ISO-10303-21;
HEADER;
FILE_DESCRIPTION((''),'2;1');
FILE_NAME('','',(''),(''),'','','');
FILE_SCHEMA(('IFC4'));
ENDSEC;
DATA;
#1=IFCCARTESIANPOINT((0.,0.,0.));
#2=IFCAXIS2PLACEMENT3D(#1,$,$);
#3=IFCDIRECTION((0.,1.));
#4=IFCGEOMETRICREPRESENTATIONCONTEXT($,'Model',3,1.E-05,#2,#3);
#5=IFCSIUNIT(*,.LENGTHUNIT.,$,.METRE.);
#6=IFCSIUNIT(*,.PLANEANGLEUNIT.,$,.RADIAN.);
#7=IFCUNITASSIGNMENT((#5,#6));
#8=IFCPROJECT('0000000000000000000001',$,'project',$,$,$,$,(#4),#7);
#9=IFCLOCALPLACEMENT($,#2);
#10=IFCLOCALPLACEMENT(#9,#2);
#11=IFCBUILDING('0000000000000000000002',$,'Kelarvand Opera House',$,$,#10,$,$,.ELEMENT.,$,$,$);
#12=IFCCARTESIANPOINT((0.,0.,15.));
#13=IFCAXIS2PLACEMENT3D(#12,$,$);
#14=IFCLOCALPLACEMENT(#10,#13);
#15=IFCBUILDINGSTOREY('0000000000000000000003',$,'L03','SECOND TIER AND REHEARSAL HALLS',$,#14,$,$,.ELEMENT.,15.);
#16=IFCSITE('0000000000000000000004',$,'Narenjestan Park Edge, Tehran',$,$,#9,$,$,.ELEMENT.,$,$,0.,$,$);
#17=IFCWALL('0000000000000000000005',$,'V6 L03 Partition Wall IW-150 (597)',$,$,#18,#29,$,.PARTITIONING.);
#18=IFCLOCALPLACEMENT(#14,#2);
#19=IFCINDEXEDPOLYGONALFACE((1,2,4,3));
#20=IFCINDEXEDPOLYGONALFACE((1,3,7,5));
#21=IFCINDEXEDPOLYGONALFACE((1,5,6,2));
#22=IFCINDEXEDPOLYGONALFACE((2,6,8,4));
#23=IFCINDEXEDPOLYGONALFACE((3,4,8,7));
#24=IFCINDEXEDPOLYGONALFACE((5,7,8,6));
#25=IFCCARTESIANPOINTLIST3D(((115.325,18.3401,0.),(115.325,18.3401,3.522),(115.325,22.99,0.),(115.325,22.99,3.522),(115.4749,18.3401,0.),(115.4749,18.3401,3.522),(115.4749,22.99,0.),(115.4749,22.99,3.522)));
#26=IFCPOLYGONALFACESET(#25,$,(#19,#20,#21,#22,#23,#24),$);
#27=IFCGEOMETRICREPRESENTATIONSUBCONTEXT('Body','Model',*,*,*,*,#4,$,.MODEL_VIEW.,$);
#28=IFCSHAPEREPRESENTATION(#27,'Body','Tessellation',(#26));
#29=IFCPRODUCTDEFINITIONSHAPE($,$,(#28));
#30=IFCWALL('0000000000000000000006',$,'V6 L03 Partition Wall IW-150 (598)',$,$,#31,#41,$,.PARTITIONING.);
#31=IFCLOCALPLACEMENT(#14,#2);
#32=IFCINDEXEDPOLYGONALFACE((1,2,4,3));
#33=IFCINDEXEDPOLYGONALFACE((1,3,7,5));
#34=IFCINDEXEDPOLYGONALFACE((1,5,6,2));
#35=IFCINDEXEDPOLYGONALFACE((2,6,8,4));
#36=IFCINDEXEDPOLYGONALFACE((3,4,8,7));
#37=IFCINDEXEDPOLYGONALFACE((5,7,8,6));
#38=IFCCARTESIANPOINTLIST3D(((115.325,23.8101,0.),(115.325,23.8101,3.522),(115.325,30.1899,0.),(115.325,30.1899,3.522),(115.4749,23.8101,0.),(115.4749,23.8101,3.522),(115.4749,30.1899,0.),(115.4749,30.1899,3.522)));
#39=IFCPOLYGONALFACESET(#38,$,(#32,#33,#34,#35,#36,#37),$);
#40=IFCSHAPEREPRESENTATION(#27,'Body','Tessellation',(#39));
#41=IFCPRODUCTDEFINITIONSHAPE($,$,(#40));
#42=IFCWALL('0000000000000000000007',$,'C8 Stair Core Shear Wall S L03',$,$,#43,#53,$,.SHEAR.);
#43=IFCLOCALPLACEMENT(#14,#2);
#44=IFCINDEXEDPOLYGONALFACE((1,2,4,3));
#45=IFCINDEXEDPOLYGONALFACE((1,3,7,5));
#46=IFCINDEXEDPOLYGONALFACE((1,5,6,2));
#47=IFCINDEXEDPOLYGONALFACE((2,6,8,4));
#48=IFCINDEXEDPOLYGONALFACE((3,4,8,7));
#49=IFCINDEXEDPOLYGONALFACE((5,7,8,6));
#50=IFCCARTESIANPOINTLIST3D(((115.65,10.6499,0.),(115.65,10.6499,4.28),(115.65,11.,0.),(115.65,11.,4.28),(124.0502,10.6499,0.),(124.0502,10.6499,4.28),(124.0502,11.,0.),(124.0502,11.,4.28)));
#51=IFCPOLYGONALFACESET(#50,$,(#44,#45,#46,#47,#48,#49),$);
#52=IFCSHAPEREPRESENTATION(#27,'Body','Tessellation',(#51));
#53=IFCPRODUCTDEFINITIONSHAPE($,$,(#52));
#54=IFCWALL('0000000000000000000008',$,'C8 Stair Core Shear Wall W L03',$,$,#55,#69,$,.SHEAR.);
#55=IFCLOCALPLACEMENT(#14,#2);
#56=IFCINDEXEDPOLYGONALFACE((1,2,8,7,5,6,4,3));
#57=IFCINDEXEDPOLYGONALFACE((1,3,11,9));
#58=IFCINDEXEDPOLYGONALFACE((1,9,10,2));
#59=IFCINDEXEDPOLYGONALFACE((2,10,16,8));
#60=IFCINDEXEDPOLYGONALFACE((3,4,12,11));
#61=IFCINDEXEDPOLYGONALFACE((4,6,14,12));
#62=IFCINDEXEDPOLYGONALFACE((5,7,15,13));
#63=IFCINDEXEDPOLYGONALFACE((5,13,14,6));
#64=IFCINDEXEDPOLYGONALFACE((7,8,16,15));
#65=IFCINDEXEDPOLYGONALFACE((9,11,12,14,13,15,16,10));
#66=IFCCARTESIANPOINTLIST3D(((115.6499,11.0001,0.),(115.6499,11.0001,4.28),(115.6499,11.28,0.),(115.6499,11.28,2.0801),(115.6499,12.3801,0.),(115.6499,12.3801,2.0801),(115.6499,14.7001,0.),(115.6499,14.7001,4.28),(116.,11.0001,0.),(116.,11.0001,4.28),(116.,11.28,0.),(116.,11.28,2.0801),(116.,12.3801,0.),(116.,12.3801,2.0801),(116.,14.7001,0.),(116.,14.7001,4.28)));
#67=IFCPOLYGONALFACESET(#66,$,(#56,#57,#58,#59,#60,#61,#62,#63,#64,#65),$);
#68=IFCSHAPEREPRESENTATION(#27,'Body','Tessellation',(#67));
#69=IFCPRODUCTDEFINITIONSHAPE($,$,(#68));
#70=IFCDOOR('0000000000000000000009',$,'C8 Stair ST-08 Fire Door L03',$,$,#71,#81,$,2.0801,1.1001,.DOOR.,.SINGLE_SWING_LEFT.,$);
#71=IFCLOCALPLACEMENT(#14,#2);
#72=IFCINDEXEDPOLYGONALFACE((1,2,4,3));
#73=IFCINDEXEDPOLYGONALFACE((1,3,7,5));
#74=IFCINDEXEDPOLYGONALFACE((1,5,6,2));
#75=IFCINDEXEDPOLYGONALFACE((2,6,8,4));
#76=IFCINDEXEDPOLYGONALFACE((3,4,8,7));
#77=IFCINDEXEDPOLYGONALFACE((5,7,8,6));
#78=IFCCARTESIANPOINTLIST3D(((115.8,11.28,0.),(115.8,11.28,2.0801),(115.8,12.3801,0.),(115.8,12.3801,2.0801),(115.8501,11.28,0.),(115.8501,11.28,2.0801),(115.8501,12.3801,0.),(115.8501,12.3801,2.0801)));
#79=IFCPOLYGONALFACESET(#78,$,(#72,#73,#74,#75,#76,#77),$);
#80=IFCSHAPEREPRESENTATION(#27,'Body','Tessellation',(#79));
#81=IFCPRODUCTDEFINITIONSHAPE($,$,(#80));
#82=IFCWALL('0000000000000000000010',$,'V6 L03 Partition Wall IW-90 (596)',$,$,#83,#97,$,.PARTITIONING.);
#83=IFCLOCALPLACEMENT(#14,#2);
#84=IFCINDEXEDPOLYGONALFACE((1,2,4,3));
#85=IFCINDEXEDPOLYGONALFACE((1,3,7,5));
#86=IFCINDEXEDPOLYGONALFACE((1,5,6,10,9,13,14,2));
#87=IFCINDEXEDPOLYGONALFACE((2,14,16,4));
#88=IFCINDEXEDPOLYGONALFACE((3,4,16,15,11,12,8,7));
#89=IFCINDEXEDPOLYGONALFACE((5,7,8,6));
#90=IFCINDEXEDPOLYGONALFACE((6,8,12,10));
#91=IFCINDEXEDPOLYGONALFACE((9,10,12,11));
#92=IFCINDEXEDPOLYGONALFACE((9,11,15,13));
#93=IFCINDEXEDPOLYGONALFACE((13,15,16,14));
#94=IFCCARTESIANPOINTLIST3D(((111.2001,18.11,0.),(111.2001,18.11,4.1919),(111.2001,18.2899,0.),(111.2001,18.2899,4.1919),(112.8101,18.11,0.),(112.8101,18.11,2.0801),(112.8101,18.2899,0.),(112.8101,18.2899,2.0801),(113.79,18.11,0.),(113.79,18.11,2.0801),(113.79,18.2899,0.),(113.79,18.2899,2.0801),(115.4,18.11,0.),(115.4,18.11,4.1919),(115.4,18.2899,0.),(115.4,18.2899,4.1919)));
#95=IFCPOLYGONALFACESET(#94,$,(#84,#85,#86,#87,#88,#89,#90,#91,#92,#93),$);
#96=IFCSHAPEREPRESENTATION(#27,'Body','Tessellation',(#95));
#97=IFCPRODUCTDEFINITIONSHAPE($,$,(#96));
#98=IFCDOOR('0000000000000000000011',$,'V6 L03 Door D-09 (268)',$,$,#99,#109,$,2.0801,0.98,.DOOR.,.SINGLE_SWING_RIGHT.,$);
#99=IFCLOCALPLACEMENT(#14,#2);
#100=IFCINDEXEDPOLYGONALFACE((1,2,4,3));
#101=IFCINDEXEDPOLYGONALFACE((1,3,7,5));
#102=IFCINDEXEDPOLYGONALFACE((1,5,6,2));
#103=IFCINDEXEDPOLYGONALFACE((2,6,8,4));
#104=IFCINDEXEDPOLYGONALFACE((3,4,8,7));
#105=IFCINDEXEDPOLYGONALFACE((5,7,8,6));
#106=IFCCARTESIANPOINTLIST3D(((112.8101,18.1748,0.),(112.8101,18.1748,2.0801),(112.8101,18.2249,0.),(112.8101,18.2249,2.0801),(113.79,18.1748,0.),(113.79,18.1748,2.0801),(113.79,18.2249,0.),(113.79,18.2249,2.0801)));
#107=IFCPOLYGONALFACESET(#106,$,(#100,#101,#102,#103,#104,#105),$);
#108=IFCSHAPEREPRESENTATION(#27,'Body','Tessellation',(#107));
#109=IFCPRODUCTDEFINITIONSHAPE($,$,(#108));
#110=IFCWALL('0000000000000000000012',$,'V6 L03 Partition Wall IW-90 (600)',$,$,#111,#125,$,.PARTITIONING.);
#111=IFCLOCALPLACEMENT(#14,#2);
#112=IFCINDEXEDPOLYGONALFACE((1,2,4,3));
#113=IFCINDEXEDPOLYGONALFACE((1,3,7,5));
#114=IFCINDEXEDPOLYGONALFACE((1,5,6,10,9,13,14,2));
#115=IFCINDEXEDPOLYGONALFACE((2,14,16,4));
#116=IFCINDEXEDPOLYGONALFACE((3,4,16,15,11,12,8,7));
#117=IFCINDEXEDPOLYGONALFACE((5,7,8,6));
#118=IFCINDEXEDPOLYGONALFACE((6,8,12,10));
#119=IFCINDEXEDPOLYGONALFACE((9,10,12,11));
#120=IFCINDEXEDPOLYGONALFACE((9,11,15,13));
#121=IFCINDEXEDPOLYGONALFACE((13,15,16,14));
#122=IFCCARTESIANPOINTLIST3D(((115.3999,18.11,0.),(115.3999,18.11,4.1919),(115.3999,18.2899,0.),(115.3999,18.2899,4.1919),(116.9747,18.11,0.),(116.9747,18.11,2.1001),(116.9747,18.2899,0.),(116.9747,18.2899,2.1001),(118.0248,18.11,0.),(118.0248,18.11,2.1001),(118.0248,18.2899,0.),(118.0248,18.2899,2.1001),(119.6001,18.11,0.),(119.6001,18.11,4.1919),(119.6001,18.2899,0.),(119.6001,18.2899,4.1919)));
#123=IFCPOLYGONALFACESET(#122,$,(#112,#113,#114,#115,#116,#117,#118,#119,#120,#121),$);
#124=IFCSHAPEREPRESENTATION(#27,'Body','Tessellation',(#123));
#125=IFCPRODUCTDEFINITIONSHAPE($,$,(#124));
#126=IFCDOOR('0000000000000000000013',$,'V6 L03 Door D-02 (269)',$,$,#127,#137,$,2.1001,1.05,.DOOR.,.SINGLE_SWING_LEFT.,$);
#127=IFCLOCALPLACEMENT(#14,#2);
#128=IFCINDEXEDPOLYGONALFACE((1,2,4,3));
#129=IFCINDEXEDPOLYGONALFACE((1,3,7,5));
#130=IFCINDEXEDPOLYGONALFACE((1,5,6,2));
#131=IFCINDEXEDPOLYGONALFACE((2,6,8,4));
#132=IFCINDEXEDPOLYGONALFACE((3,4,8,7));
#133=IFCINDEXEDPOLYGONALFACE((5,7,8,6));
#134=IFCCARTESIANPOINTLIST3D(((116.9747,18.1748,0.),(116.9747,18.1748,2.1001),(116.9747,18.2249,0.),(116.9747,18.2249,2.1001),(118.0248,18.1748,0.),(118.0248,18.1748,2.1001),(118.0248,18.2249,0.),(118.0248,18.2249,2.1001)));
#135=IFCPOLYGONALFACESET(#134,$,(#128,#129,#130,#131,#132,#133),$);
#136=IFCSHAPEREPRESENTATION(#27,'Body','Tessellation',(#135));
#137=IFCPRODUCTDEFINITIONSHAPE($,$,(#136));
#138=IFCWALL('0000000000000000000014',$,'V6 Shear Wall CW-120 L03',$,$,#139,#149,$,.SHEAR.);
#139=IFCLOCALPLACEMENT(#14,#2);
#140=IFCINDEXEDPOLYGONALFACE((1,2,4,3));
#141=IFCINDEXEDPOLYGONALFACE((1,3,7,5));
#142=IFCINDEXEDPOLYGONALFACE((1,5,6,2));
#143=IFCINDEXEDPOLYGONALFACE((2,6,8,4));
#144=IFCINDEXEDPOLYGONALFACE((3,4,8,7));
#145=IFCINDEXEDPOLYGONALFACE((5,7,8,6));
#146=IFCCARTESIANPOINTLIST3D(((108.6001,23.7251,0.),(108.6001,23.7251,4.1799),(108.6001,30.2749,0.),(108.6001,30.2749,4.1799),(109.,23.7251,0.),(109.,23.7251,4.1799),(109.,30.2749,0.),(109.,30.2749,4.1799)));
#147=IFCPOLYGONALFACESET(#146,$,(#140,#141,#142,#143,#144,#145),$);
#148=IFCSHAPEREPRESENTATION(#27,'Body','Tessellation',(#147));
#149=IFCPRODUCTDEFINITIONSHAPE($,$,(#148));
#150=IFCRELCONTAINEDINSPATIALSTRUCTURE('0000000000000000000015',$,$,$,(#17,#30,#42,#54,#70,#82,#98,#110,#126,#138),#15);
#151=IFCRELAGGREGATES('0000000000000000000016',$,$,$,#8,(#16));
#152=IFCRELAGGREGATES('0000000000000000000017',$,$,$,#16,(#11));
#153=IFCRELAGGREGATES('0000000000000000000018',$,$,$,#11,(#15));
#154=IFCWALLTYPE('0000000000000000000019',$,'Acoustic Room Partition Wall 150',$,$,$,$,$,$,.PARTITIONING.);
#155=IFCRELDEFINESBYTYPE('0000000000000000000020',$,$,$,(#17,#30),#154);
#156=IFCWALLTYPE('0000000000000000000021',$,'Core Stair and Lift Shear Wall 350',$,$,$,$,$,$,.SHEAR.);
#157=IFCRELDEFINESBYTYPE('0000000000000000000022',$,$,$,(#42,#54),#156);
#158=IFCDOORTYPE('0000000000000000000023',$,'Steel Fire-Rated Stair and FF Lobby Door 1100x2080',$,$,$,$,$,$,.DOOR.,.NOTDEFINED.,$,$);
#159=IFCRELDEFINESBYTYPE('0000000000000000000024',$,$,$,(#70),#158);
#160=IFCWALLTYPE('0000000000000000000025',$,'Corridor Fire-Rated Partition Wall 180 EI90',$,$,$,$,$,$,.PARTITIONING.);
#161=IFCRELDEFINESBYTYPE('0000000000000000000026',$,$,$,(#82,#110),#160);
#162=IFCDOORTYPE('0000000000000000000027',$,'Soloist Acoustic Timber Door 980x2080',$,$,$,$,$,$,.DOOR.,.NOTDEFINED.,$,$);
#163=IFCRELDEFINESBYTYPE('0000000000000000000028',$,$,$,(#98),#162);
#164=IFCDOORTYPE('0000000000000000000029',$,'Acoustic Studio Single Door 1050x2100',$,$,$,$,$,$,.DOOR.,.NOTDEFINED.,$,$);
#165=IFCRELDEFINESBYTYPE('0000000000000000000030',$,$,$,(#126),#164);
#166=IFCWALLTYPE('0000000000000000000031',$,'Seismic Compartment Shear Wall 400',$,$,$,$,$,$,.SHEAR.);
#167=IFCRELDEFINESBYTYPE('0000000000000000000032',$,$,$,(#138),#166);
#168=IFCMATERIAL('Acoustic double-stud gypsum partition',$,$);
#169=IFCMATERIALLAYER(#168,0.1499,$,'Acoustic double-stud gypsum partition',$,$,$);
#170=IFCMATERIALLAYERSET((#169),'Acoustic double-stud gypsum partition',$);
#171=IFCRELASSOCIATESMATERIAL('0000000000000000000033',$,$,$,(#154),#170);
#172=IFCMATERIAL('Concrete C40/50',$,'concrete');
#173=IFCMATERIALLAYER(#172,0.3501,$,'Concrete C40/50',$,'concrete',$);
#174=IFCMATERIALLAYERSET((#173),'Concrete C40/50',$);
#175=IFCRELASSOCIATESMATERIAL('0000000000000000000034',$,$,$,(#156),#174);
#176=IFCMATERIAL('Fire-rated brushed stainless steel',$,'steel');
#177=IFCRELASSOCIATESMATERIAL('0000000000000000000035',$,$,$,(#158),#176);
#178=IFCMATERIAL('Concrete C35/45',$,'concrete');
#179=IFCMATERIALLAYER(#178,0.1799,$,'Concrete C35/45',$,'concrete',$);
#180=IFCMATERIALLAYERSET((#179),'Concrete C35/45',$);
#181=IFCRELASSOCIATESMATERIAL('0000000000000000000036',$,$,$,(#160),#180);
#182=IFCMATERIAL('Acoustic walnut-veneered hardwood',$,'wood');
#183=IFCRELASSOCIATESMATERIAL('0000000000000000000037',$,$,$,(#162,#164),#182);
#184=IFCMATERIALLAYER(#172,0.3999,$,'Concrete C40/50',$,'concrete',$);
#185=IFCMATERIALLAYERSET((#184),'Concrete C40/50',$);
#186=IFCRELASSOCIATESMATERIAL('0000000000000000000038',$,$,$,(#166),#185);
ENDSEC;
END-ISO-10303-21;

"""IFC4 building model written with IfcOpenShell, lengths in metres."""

from ifc_helpers import new_model, si_unit, direction, frame, frame_2d, origin, place, context, subcontext, project, spatial, rectangle, extrude, material, layer, layer_set, type_object, element, fill, save


model = new_model("IFC4")

# Units and contexts
model_context = context("Model", 3, precision=1e-05, world=origin(), true_north=direction((0.0, 1.0)))
body_context = subcontext(model_context, "Body", "Model", "MODEL_VIEW")
ifc_project = project(units=[si_unit("LENGTHUNIT", "METRE"), si_unit("PLANEANGLEUNIT", "RADIAN")], contexts=[model_context])

# Site, building, storey
site_placement = place(None, origin())
site = spatial("IfcSite", under=ifc_project, at=site_placement, Name="Narenjestan Park Edge, Tehran", CompositionType="ELEMENT", RefElevation=0.0)
building_placement = place(site_placement, origin())
building = spatial("IfcBuilding", under=site, at=building_placement, Name="Kelarvand Opera House", CompositionType="ELEMENT")
storey_placement = place(building_placement, frame((0.0, 0.0, 15.0)))
storey = spatial("IfcBuildingStorey", under=building, at=storey_placement, Name="L03", Description="SECOND TIER AND REHEARSAL HALLS", CompositionType="ELEMENT", Elevation=15.0)

# Shared definitions
ifc_material_1 = material(Name="Concrete C40/50", Category="concrete")

# Walls
ifc_material_2 = material(Name="Acoustic double-stud gypsum partition")
ifc_layer_1 = layer(ifc_material_2, 0.1499, Name="Acoustic double-stud gypsum partition")
ifc_layer_set_1 = layer_set([ifc_layer_1], Name="Acoustic double-stud gypsum partition")
wall_type_1 = type_object("IfcWallType", Name="Acoustic Room Partition Wall 150", PredefinedType="PARTITIONING", material=ifc_layer_set_1)
wall_1_placement = place(storey_placement, frame((115.3999, 18.3401, 0.0), z_axis=(0.0, 0.0, 1.0), x_axis=(0.0, 1.0, 0.0)))
element("IfcWall", 1, at=wall_1_placement, inside=storey, type_object=wall_type_1, Name="V6 L03 Partition Wall IW-150 (597)", PredefinedType="PARTITIONING", context=body_context, shape_type="SweptSolid", body=[
    extrude(rectangle(XDim=4.6499, YDim=0.1499, at=frame_2d((2.325, 0.0))), origin(), (0.0, 0.0, 1.0), 3.522),
])
wall_2_placement = place(storey_placement, frame((115.3999, 23.8101, 0.0), z_axis=(0.0, 0.0, 1.0), x_axis=(0.0, 1.0, 0.0)))
element("IfcWall", 2, at=wall_2_placement, inside=storey, type_object=wall_type_1, Name="V6 L03 Partition Wall IW-150 (598)", PredefinedType="PARTITIONING", context=body_context, shape_type="SweptSolid", body=[
    extrude(rectangle(XDim=6.3799, YDim=0.1499, at=frame_2d((3.1899, 0.0))), origin(), (0.0, 0.0, 1.0), 3.522),
])
ifc_layer_2 = layer(ifc_material_1, 0.3501, Name="Concrete C40/50", Category="concrete")
ifc_layer_set_2 = layer_set([ifc_layer_2], Name="Concrete C40/50")
wall_type_2 = type_object("IfcWallType", Name="Core Stair and Lift Shear Wall 350", PredefinedType="SHEAR", material=ifc_layer_set_2)
wall_3_placement = place(storey_placement, frame((115.6499, 10.825, 0.0), z_axis=(0.0, 0.0, 1.0), x_axis=(1.0, 0.0, 0.0)))
element("IfcWall", 3, at=wall_3_placement, inside=storey, type_object=wall_type_2, Name="C8 Stair Core Shear Wall S L03", PredefinedType="SHEAR", context=body_context, shape_type="SweptSolid", body=[
    extrude(rectangle(XDim=8.4001, YDim=0.3501, at=frame_2d((4.2002, 0.0))), origin(), (0.0, 0.0, 1.0), 4.28),
])

# Walls, openings, doors
wall_4_placement = place(storey_placement, frame((115.825, 11.0, 0.0), z_axis=(0.0, 0.0, 1.0), x_axis=(0.0, 1.0, 0.0)))
wall_4 = element("IfcWall", 4, at=wall_4_placement, inside=storey, type_object=wall_type_2, Name="C8 Stair Core Shear Wall W L03", PredefinedType="SHEAR", context=body_context, shape_type="SweptSolid", body=[
    extrude(rectangle(XDim=3.7, YDim=0.3501, at=frame_2d((1.8501, 0.0))), origin(), (0.0, 0.0, 1.0), 4.28),
])
opening_1_placement = place(wall_4_placement, frame((0.28, 0.0, 0.0)))
opening_1 = element("IfcOpeningElement", 5, at=opening_1_placement, cuts=wall_4, PredefinedType="OPENING", context=body_context, shape_type="SweptSolid", body=[
    extrude(rectangle(XDim=1.1001, YDim=2.0801, at=frame_2d((0.55, 1.04))), frame((0.0, 0.1851, 0.0), z_axis=(0.0, -1.0, 0.0), x_axis=(1.0, 0.0, 0.0)), (0.0, 0.0, 1.0), 0.3701),
])
ifc_material_3 = material(Name="Fire-rated brushed stainless steel", Category="steel")
door_type_1 = type_object("IfcDoorType", Name="Steel Fire-Rated Stair and FF Lobby Door 1100x2080", OperationType="NOTDEFINED", PredefinedType="DOOR", material=ifc_material_3)
door_1_placement = place(opening_1_placement, origin())
door_1 = element("IfcDoor", 6, at=door_1_placement, inside=storey, type_object=door_type_1, Name="C8 Stair ST-08 Fire Door L03", OperationType="SINGLE_SWING_LEFT", OverallHeight=2.0801, OverallWidth=1.1001, PredefinedType="DOOR", context=body_context, shape_type="SweptSolid", body=[
    extrude(rectangle(XDim=1.1001, YDim=2.0801, at=frame_2d((0.55, 1.04))), frame((0.0, 0.0249, 0.0), z_axis=(0.0, -1.0, 0.0), x_axis=(1.0, 0.0, 0.0)), (0.0, 0.0, 1.0), 0.05),
])
fill(opening_1, door_1)
ifc_material_4 = material(Name="Concrete C35/45", Category="concrete")
ifc_layer_3 = layer(ifc_material_4, 0.1799, Name="Concrete C35/45", Category="concrete")
ifc_layer_set_3 = layer_set([ifc_layer_3], Name="Concrete C35/45")
wall_type_3 = type_object("IfcWallType", Name="Corridor Fire-Rated Partition Wall 180 EI90", PredefinedType="PARTITIONING", material=ifc_layer_set_3)
wall_5_placement = place(storey_placement, frame((111.2, 18.2, 0.0), z_axis=(0.0, 0.0, 1.0), x_axis=(1.0, 0.0, 0.0)))
wall_5 = element("IfcWall", 7, at=wall_5_placement, inside=storey, type_object=wall_type_3, Name="V6 L03 Partition Wall IW-90 (596)", PredefinedType="PARTITIONING", context=body_context, shape_type="SweptSolid", body=[
    extrude(rectangle(XDim=4.2, YDim=0.1799, at=frame_2d((2.1001, 0.0))), origin(), (0.0, 0.0, 1.0), 4.1919),
])
opening_2_placement = place(wall_5_placement, frame((1.6101, 0.0, 0.0)))
opening_2 = element("IfcOpeningElement", 8, at=opening_2_placement, cuts=wall_5, PredefinedType="OPENING", context=body_context, shape_type="SweptSolid", body=[
    extrude(rectangle(XDim=0.98, YDim=2.0801, at=frame_2d((0.49, 1.04))), frame((0.0, 0.1001, 0.0), z_axis=(0.0, -1.0, 0.0), x_axis=(1.0, 0.0, 0.0)), (0.0, 0.0, 1.0), 0.2),
])
ifc_material_5 = material(Name="Acoustic walnut-veneered hardwood", Category="wood")
door_type_2 = type_object("IfcDoorType", Name="Soloist Acoustic Timber Door 980x2080", OperationType="NOTDEFINED", PredefinedType="DOOR", material=ifc_material_5)
door_2_placement = place(opening_2_placement, origin())
door_2 = element("IfcDoor", 9, at=door_2_placement, inside=storey, type_object=door_type_2, Name="V6 L03 Door D-09 (268)", OperationType="SINGLE_SWING_RIGHT", OverallHeight=2.0801, OverallWidth=0.98, PredefinedType="DOOR", context=body_context, shape_type="SweptSolid", body=[
    extrude(rectangle(XDim=0.98, YDim=2.0801, at=frame_2d((0.49, 1.04))), frame((0.0, 0.0249, 0.0), z_axis=(0.0, -1.0, 0.0), x_axis=(1.0, 0.0, 0.0)), (0.0, 0.0, 1.0), 0.05),
])
fill(opening_2, door_2)
wall_6_placement = place(storey_placement, frame((115.3999, 18.2, 0.0), z_axis=(0.0, 0.0, 1.0), x_axis=(1.0, 0.0, 0.0)))
wall_6 = element("IfcWall", 10, at=wall_6_placement, inside=storey, type_object=wall_type_3, Name="V6 L03 Partition Wall IW-90 (600)", PredefinedType="PARTITIONING", context=body_context, shape_type="SweptSolid", body=[
    extrude(rectangle(XDim=4.2002, YDim=0.1799, at=frame_2d((2.1001, 0.0))), origin(), (0.0, 0.0, 1.0), 4.1919),
])
opening_3_placement = place(wall_6_placement, frame((1.575, 0.0, 0.0)))
opening_3 = element("IfcOpeningElement", 11, at=opening_3_placement, cuts=wall_6, PredefinedType="OPENING", context=body_context, shape_type="SweptSolid", body=[
    extrude(rectangle(XDim=1.05, YDim=2.1001, at=frame_2d((0.5249, 1.05))), frame((0.0, 0.1001, 0.0), z_axis=(0.0, -1.0, 0.0), x_axis=(1.0, 0.0, 0.0)), (0.0, 0.0, 1.0), 0.2),
])
door_type_3 = type_object("IfcDoorType", Name="Acoustic Studio Single Door 1050x2100", OperationType="NOTDEFINED", PredefinedType="DOOR", material=ifc_material_5)
door_3_placement = place(opening_3_placement, origin())
door_3 = element("IfcDoor", 12, at=door_3_placement, inside=storey, type_object=door_type_3, Name="V6 L03 Door D-02 (269)", OperationType="SINGLE_SWING_LEFT", OverallHeight=2.1001, OverallWidth=1.05, PredefinedType="DOOR", context=body_context, shape_type="SweptSolid", body=[
    extrude(rectangle(XDim=1.05, YDim=2.1001, at=frame_2d((0.5249, 1.05))), frame((0.0, 0.0249, 0.0), z_axis=(0.0, -1.0, 0.0), x_axis=(1.0, 0.0, 0.0)), (0.0, 0.0, 1.0), 0.05),
])
fill(opening_3, door_3)

# Wall
ifc_layer_4 = layer(ifc_material_1, 0.3999, Name="Concrete C40/50", Category="concrete")
ifc_layer_set_4 = layer_set([ifc_layer_4], Name="Concrete C40/50")
wall_type_4 = type_object("IfcWallType", Name="Seismic Compartment Shear Wall 400", PredefinedType="SHEAR", material=ifc_layer_set_4)
wall_7_placement = place(storey_placement, frame((108.8, 23.7251, 0.0), z_axis=(0.0, 0.0, 1.0), x_axis=(0.0, 1.0, 0.0)))
element("IfcWall", 13, at=wall_7_placement, inside=storey, type_object=wall_type_4, Name="V6 Shear Wall CW-120 L03", PredefinedType="SHEAR", context=body_context, shape_type="SweptSolid", body=[
    extrude(rectangle(XDim=6.5498, YDim=0.3999, at=frame_2d((3.2749, 0.0))), origin(), (0.0, 0.0, 1.0), 4.1799),
])

save(model, "model.ifc")
